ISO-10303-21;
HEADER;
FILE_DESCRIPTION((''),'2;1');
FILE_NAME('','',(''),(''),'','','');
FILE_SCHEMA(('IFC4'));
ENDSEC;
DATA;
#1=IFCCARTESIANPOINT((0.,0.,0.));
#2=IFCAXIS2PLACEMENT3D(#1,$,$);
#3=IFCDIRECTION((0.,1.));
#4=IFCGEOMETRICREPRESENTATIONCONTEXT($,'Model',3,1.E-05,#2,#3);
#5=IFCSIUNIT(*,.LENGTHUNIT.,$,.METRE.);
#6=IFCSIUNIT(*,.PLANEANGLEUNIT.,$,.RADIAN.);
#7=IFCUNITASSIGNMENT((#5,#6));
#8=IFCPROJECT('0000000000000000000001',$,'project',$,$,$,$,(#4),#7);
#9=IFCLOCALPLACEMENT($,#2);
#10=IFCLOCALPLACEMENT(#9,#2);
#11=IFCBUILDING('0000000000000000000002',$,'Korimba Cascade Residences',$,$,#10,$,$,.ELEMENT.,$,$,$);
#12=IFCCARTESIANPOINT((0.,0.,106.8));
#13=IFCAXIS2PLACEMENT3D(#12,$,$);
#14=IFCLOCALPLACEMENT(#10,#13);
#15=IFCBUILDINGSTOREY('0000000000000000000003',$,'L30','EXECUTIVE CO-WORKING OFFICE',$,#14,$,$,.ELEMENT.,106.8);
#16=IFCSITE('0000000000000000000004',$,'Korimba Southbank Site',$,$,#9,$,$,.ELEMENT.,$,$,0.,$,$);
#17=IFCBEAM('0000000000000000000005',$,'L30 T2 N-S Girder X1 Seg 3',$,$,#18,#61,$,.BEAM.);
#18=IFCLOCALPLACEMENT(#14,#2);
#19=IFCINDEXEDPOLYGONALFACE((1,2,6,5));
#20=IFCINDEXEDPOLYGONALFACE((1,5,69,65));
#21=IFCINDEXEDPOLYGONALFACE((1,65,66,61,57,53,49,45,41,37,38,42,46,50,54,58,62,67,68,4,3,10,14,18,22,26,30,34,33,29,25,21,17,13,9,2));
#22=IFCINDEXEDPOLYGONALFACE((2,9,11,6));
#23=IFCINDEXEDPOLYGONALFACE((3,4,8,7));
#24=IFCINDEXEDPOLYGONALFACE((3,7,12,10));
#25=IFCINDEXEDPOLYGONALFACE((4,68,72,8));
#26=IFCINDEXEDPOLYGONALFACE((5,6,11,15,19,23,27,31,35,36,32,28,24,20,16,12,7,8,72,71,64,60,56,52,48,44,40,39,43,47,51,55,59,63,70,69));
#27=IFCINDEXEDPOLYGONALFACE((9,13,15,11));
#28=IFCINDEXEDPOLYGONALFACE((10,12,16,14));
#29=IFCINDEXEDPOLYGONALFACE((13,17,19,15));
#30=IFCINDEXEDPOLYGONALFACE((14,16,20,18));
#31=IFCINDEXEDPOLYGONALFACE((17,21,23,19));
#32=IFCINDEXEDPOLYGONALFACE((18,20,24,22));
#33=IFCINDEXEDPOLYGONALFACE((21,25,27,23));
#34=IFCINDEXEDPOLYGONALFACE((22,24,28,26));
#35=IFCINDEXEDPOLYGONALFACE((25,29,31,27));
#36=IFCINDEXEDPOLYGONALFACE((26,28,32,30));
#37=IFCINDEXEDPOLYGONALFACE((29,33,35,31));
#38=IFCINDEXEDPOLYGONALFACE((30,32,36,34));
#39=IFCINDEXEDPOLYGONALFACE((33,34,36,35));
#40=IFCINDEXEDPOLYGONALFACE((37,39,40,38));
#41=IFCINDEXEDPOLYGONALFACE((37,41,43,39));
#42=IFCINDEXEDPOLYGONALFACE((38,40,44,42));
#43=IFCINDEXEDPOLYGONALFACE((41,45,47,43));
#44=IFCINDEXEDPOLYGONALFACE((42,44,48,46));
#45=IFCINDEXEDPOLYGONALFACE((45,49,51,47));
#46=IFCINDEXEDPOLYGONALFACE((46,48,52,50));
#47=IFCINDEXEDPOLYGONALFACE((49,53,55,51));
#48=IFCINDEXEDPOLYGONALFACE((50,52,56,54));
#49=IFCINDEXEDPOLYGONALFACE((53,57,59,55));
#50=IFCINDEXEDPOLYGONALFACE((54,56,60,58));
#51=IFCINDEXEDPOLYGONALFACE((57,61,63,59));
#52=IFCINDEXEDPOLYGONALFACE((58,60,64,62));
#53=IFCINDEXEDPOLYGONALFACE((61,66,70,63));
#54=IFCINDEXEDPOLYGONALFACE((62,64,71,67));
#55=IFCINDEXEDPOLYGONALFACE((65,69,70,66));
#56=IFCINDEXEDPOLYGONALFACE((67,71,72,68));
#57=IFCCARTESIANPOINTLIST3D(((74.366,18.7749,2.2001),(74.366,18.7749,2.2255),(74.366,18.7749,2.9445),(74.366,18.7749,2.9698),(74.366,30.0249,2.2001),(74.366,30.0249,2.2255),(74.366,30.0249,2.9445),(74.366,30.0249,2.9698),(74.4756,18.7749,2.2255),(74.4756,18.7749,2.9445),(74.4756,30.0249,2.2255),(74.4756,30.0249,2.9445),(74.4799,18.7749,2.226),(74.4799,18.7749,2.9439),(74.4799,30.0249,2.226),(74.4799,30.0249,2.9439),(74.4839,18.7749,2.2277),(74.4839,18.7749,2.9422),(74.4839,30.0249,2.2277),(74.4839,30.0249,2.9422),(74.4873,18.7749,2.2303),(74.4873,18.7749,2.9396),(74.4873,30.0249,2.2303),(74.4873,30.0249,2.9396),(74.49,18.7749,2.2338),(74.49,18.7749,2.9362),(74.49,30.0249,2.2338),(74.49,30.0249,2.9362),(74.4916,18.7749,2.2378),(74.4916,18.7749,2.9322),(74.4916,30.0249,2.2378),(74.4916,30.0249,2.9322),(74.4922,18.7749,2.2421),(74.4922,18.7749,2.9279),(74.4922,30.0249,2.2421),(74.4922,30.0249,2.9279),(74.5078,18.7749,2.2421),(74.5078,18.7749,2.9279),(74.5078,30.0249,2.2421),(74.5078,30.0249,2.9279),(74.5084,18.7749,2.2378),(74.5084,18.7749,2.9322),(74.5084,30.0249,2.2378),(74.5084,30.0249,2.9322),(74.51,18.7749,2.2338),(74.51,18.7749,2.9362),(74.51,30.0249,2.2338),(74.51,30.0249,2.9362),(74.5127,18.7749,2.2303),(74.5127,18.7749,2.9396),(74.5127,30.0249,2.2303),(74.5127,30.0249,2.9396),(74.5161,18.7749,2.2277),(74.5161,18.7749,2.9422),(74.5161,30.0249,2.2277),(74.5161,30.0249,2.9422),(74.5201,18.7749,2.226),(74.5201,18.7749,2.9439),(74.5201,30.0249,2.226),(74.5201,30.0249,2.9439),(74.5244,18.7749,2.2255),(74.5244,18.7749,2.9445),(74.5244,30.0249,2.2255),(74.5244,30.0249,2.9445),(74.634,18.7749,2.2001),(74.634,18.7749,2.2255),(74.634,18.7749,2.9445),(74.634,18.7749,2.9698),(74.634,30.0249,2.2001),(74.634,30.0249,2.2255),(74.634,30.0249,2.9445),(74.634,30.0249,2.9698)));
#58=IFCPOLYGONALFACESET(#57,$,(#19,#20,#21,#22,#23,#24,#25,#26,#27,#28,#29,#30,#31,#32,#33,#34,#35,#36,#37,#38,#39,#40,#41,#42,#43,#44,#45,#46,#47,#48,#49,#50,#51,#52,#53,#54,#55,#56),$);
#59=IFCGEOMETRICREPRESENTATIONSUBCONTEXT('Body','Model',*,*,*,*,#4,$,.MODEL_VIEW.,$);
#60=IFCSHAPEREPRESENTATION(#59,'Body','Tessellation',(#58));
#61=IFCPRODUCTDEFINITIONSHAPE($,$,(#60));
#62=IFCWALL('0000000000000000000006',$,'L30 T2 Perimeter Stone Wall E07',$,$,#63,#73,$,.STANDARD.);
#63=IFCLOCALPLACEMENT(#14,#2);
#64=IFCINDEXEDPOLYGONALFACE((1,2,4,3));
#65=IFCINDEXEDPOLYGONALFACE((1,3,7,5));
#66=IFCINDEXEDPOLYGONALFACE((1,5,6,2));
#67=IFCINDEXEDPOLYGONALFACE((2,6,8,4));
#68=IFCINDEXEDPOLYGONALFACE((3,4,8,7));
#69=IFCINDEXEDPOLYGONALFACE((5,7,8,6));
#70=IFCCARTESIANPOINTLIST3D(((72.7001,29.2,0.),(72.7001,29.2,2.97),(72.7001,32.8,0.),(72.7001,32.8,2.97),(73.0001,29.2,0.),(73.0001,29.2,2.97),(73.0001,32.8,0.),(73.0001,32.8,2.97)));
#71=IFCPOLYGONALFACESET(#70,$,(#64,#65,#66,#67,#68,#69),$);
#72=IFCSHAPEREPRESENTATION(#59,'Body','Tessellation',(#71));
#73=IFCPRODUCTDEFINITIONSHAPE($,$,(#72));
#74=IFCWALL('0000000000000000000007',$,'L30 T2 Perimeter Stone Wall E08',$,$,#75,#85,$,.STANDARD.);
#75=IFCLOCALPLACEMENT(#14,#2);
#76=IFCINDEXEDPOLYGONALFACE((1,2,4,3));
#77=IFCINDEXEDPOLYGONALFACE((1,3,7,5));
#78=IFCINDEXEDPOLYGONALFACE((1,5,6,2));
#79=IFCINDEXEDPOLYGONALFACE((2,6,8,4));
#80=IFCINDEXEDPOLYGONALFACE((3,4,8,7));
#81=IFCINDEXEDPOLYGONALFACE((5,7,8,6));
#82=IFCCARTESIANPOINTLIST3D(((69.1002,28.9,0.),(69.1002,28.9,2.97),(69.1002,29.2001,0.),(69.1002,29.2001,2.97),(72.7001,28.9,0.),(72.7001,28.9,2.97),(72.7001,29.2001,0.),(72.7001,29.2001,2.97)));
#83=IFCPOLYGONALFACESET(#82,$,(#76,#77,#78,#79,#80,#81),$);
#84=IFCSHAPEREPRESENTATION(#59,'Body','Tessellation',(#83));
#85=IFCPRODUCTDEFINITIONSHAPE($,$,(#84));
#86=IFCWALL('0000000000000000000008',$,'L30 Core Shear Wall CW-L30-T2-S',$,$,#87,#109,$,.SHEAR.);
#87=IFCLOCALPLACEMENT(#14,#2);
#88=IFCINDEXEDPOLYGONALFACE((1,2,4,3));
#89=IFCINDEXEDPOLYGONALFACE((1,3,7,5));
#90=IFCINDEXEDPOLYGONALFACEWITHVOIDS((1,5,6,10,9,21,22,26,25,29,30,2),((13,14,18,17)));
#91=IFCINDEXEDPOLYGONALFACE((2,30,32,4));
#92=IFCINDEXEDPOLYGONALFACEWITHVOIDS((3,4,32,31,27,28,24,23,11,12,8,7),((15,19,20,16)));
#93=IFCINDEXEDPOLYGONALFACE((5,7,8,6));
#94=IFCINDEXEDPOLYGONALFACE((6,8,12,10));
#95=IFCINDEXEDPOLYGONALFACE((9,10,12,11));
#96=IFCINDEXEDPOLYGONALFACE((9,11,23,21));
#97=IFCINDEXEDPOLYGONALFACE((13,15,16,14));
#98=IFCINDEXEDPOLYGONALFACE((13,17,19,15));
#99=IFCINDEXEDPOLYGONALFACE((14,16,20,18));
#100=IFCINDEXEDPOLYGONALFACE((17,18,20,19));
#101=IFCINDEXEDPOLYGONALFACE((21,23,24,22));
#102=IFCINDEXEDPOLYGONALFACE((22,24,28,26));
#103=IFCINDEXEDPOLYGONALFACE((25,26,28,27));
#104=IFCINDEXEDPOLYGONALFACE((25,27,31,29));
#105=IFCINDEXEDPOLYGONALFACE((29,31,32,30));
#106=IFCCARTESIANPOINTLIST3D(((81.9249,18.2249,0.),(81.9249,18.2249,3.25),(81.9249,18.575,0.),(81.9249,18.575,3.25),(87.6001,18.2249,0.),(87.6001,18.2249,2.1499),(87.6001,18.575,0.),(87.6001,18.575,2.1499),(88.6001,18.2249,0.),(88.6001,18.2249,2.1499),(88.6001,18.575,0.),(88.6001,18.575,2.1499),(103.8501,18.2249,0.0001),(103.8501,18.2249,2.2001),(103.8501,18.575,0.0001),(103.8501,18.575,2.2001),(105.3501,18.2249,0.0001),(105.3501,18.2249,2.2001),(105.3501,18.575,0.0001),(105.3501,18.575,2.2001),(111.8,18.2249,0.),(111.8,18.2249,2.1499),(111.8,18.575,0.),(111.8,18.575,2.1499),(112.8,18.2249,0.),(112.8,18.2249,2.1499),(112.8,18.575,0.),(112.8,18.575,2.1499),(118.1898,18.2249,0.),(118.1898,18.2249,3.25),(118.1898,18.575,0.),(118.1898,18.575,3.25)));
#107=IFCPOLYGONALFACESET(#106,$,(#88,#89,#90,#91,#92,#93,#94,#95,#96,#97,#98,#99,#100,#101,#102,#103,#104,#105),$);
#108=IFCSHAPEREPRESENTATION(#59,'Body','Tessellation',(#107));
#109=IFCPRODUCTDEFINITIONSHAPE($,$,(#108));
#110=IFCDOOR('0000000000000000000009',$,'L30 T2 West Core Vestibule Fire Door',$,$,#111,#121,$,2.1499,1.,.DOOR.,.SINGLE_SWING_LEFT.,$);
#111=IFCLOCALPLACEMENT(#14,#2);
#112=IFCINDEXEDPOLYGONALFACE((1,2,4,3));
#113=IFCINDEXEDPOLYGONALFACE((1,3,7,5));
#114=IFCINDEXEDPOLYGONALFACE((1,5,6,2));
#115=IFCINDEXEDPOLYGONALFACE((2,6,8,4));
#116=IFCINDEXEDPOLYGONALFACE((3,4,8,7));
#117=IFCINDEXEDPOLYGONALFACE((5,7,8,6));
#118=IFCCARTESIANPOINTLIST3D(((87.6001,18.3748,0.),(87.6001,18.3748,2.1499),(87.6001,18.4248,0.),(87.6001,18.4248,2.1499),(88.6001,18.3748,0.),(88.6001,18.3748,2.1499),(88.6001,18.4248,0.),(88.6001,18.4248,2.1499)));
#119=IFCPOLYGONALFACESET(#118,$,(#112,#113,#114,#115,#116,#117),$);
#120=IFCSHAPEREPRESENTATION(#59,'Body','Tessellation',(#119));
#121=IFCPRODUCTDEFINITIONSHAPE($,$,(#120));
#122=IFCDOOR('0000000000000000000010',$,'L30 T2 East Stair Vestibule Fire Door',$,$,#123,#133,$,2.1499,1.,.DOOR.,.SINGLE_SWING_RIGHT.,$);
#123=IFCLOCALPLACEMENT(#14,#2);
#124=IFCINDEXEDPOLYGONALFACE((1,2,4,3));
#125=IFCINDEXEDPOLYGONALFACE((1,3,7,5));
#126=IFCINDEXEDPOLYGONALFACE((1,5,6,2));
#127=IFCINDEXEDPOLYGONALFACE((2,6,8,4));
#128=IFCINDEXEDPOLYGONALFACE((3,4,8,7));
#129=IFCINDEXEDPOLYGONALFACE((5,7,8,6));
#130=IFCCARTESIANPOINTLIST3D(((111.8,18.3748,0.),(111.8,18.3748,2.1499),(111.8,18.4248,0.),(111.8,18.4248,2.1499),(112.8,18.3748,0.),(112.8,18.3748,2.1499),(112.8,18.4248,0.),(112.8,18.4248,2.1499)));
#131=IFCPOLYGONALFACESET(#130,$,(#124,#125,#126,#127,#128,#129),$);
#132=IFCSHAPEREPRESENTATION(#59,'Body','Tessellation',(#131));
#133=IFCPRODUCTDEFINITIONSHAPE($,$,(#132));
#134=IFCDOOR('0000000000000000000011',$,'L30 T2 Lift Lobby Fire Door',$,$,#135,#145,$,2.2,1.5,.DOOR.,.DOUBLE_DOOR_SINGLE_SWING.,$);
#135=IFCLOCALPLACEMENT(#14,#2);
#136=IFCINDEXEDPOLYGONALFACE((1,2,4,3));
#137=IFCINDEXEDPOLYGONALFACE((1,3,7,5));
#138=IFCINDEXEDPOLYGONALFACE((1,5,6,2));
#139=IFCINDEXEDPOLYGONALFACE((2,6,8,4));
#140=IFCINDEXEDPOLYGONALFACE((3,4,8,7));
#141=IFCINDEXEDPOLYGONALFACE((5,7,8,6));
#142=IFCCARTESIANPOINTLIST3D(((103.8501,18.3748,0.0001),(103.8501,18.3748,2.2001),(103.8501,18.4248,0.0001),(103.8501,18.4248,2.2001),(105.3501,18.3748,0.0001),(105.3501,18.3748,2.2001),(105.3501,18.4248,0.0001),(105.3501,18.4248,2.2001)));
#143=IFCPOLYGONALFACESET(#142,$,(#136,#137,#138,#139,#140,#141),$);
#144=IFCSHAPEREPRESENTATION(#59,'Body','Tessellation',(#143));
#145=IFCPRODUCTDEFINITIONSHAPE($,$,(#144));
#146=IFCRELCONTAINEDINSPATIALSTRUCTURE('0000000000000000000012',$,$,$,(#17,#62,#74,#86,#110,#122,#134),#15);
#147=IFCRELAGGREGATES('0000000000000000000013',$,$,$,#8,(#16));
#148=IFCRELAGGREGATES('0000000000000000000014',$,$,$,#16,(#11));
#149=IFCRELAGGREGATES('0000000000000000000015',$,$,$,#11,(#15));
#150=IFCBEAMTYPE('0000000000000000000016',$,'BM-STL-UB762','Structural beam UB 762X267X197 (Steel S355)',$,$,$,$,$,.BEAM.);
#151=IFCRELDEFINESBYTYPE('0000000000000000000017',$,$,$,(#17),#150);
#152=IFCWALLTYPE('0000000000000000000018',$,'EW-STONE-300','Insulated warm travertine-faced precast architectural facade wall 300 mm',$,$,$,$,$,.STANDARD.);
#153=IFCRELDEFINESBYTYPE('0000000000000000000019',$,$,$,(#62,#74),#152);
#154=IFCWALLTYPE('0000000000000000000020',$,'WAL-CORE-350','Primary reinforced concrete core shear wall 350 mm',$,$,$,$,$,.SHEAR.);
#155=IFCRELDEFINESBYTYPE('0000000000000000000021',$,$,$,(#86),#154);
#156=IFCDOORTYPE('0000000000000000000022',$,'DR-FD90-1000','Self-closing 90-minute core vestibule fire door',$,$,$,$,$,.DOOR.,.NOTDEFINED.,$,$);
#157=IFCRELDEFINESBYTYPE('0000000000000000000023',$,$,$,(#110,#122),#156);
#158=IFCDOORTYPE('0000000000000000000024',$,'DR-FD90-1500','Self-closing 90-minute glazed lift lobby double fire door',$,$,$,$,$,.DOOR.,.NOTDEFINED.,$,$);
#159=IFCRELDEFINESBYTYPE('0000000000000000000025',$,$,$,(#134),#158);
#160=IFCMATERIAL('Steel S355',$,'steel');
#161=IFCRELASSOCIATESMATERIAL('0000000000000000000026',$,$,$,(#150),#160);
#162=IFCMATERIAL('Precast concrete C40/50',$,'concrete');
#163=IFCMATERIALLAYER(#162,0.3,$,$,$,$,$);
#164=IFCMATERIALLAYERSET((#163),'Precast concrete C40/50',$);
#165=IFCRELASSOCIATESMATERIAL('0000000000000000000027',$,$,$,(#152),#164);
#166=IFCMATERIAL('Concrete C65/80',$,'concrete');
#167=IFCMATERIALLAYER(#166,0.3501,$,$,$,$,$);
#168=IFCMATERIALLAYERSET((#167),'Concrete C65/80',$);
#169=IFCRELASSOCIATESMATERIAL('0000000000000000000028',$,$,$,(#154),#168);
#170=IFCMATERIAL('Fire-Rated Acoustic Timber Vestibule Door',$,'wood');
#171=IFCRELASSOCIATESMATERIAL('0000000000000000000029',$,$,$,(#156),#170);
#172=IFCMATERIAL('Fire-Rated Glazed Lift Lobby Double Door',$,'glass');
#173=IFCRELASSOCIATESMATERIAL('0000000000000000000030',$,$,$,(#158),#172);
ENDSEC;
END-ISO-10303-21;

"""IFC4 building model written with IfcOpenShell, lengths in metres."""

from ifc_helpers import new_model, si_unit, direction, frame, frame_2d, origin, origin_2d, place, context, subcontext, project, spatial, rectangle, i_section, extrude, material, layer, layer_set, material_profile, profile_set, type_object, element, fill, save


model = new_model("IFC4")

# Units and contexts
model_context = context("Model", 3, precision=1e-05, world=origin(), true_north=direction((0.0, 1.0)))
body_context = subcontext(model_context, "Body", "Model", "MODEL_VIEW")
ifc_project = project(units=[si_unit("LENGTHUNIT", "METRE"), si_unit("PLANEANGLEUNIT", "RADIAN")], contexts=[model_context])

# Site, building, storey
site_placement = place(None, origin())
site = spatial("IfcSite", under=ifc_project, at=site_placement, Name="Korimba Southbank Site", CompositionType="ELEMENT", RefElevation=0.0)
building_placement = place(site_placement, origin())
building = spatial("IfcBuilding", under=site, at=building_placement, Name="Korimba Cascade Residences", CompositionType="ELEMENT")
storey_placement = place(building_placement, frame((0.0, 0.0, 106.8)))
storey = spatial("IfcBuildingStorey", under=building, at=storey_placement, Name="L30", Description="EXECUTIVE CO-WORKING OFFICE", CompositionType="ELEMENT", Elevation=106.8)

# Shared definitions
ifc_material_1 = material(Name="Concrete C65/80", Category="concrete")

# Beam
ifc_material_2 = material(Name="Steel S355", Category="steel")
ifc_material_profile_1 = material_profile(ifc_material_2, i_section(OverallWidth=0.2681, OverallDepth=0.7698, WebThickness=0.0156, FlangeThickness=0.0254, FilletRadius=0.0166, at=origin_2d()), Name="Steel S355")
ifc_profile_set_1 = profile_set([ifc_material_profile_1], Name="Steel S355")
beam_type_1 = type_object("IfcBeamType", Name="BM-STL-UB762", Description="Structural beam UB 762X267X197 (Steel S355)", PredefinedType="BEAM", material=ifc_profile_set_1)
beam_1_placement = place(storey_placement, frame((74.5, 18.7749, 2.585), z_axis=(0.0, 1.0, 0.0), x_axis=(-1.0, 0.0, 0.0)))
element("IfcBeam", 1, at=beam_1_placement, inside=storey, type_object=beam_type_1, Name="L30 T2 N-S Girder X1 Seg 3", PredefinedType="BEAM", context=body_context, shape_type="SweptSolid", body=[
    extrude(i_section(OverallWidth=0.2681, OverallDepth=0.7698, WebThickness=0.0156, FlangeThickness=0.0254, FilletRadius=0.0166, at=origin_2d()), origin(), (0.0, 0.0, 1.0), 11.25),
])

# Walls
ifc_material_3 = material(Name="Precast concrete C40/50", Category="concrete")
ifc_layer_1 = layer(ifc_material_3, 0.3)
ifc_layer_set_1 = layer_set([ifc_layer_1], Name="Precast concrete C40/50")
wall_type_1 = type_object("IfcWallType", Name="EW-STONE-300", Description="Insulated warm travertine-faced precast architectural facade wall 300 mm", PredefinedType="STANDARD", material=ifc_layer_set_1)
wall_1_placement = place(storey_placement, frame((72.8501, 32.8, 0.0), z_axis=(0.0, 0.0, 1.0), x_axis=(0.0, -1.0, 0.0)))
element("IfcWall", 2, at=wall_1_placement, inside=storey, type_object=wall_type_1, Name="L30 T2 Perimeter Stone Wall E07", PredefinedType="STANDARD", context=body_context, shape_type="SweptSolid", body=[
    extrude(rectangle(XDim=3.6001, YDim=0.3, at=frame_2d((1.8, 0.0))), origin(), (0.0, 0.0, 1.0), 2.97),
])
wall_2_placement = place(storey_placement, frame((72.7, 29.05, 0.0), z_axis=(0.0, 0.0, 1.0), x_axis=(-1.0, 0.0, 0.0)))
element("IfcWall", 3, at=wall_2_placement, inside=storey, type_object=wall_type_1, Name="L30 T2 Perimeter Stone Wall E08", PredefinedType="STANDARD", context=body_context, shape_type="SweptSolid", body=[
    extrude(rectangle(XDim=3.5999, YDim=0.3, at=frame_2d((1.7998, 0.0))), origin(), (0.0, 0.0, 1.0), 2.97),
])

# Wall, openings, doors
ifc_layer_2 = layer(ifc_material_1, 0.3501)
ifc_layer_set_2 = layer_set([ifc_layer_2], Name="Concrete C65/80")
wall_type_2 = type_object("IfcWallType", Name="WAL-CORE-350", Description="Primary reinforced concrete core shear wall 350 mm", PredefinedType="SHEAR", material=ifc_layer_set_2)
wall_3_placement = place(storey_placement, frame((81.925, 18.3999, 0.0), z_axis=(0.0, 0.0, 1.0), x_axis=(1.0, 0.0, 0.0)))
wall_3 = element("IfcWall", 4, at=wall_3_placement, inside=storey, type_object=wall_type_2, Name="L30 Core Shear Wall CW-L30-T2-S", PredefinedType="SHEAR", context=body_context, shape_type="SweptSolid", body=[
    extrude(rectangle(XDim=36.2649, YDim=0.3501, at=frame_2d((18.1323, 0.0))), origin(), (0.0, 0.0, 1.0), 3.25),
])
opening_1_placement = place(wall_3_placement, frame((5.675, 0.0, 0.0)))
opening_1 = element("IfcOpeningElement", 5, at=opening_1_placement, cuts=wall_3, PredefinedType="OPENING", context=body_context, shape_type="SweptSolid", body=[
    extrude(rectangle(XDim=1.0, YDim=2.1499, at=frame_2d((0.5, 1.075))), frame((0.0, 0.1851, 0.0), z_axis=(0.0, -1.0, 0.0), x_axis=(1.0, 0.0, 0.0)), (0.0, 0.0, 1.0), 0.3701),
])
opening_2_placement = place(wall_3_placement, frame((21.925, 0.0, 0.0)))
opening_2 = element("IfcOpeningElement", 6, at=opening_2_placement, cuts=wall_3, PredefinedType="OPENING", context=body_context, shape_type="SweptSolid", body=[
    extrude(rectangle(XDim=1.5, YDim=2.2, at=frame_2d((0.75, 1.1001))), frame((0.0, 0.1851, 0.0), z_axis=(0.0, -1.0, 0.0), x_axis=(1.0, 0.0, 0.0)), (0.0, 0.0, 1.0), 0.3701),
])
opening_3_placement = place(wall_3_placement, frame((29.875, 0.0, 0.0)))
opening_3 = element("IfcOpeningElement", 7, at=opening_3_placement, cuts=wall_3, PredefinedType="OPENING", context=body_context, shape_type="SweptSolid", body=[
    extrude(rectangle(XDim=1.0, YDim=2.1499, at=frame_2d((0.5, 1.075))), frame((0.0, 0.1851, 0.0), z_axis=(0.0, -1.0, 0.0), x_axis=(1.0, 0.0, 0.0)), (0.0, 0.0, 1.0), 0.3701),
])
ifc_material_4 = material(Name="Fire-Rated Acoustic Timber Vestibule Door", Category="wood")
door_type_1 = type_object("IfcDoorType", Name="DR-FD90-1000", Description="Self-closing 90-minute core vestibule fire door", OperationType="NOTDEFINED", PredefinedType="DOOR", material=ifc_material_4)
door_1_placement = place(opening_1_placement, origin())
door_1 = element("IfcDoor", 8, at=door_1_placement, inside=storey, type_object=door_type_1, Name="L30 T2 West Core Vestibule Fire Door", OperationType="SINGLE_SWING_LEFT", OverallHeight=2.1499, OverallWidth=1.0, PredefinedType="DOOR", context=body_context, shape_type="SweptSolid", body=[
    extrude(rectangle(XDim=1.0, YDim=2.1499, at=frame_2d((0.5, 1.075))), frame((0.0, 0.0249, 0.0), z_axis=(0.0, -1.0, 0.0), x_axis=(1.0, 0.0, 0.0)), (0.0, 0.0, 1.0), 0.05),
])
fill(opening_1, door_1)
door_2_placement = place(opening_3_placement, origin())
door_2 = element("IfcDoor", 9, at=door_2_placement, inside=storey, type_object=door_type_1, Name="L30 T2 East Stair Vestibule Fire Door", OperationType="SINGLE_SWING_RIGHT", OverallHeight=2.1499, OverallWidth=1.0, PredefinedType="DOOR", context=body_context, shape_type="SweptSolid", body=[
    extrude(rectangle(XDim=1.0, YDim=2.1499, at=frame_2d((0.5, 1.075))), frame((0.0, 0.0249, 0.0), z_axis=(0.0, -1.0, 0.0), x_axis=(1.0, 0.0, 0.0)), (0.0, 0.0, 1.0), 0.05),
])
fill(opening_3, door_2)
ifc_material_5 = material(Name="Fire-Rated Glazed Lift Lobby Double Door", Category="glass")
door_type_2 = type_object("IfcDoorType", Name="DR-FD90-1500", Description="Self-closing 90-minute glazed lift lobby double fire door", OperationType="NOTDEFINED", PredefinedType="DOOR", material=ifc_material_5)
door_3_placement = place(opening_2_placement, origin())
door_3 = element("IfcDoor", 10, at=door_3_placement, inside=storey, type_object=door_type_2, Name="L30 T2 Lift Lobby Fire Door", OperationType="DOUBLE_DOOR_SINGLE_SWING", OverallHeight=2.2, OverallWidth=1.5, PredefinedType="DOOR", context=body_context, shape_type="SweptSolid", body=[
    extrude(rectangle(XDim=1.5, YDim=2.2, at=frame_2d((0.75, 1.1001))), frame((0.0, 0.0249, 0.0), z_axis=(0.0, -1.0, 0.0), x_axis=(1.0, 0.0, 0.0)), (0.0, 0.0, 1.0), 0.05),
])
fill(opening_2, door_3)

save(model, "model.ifc")
